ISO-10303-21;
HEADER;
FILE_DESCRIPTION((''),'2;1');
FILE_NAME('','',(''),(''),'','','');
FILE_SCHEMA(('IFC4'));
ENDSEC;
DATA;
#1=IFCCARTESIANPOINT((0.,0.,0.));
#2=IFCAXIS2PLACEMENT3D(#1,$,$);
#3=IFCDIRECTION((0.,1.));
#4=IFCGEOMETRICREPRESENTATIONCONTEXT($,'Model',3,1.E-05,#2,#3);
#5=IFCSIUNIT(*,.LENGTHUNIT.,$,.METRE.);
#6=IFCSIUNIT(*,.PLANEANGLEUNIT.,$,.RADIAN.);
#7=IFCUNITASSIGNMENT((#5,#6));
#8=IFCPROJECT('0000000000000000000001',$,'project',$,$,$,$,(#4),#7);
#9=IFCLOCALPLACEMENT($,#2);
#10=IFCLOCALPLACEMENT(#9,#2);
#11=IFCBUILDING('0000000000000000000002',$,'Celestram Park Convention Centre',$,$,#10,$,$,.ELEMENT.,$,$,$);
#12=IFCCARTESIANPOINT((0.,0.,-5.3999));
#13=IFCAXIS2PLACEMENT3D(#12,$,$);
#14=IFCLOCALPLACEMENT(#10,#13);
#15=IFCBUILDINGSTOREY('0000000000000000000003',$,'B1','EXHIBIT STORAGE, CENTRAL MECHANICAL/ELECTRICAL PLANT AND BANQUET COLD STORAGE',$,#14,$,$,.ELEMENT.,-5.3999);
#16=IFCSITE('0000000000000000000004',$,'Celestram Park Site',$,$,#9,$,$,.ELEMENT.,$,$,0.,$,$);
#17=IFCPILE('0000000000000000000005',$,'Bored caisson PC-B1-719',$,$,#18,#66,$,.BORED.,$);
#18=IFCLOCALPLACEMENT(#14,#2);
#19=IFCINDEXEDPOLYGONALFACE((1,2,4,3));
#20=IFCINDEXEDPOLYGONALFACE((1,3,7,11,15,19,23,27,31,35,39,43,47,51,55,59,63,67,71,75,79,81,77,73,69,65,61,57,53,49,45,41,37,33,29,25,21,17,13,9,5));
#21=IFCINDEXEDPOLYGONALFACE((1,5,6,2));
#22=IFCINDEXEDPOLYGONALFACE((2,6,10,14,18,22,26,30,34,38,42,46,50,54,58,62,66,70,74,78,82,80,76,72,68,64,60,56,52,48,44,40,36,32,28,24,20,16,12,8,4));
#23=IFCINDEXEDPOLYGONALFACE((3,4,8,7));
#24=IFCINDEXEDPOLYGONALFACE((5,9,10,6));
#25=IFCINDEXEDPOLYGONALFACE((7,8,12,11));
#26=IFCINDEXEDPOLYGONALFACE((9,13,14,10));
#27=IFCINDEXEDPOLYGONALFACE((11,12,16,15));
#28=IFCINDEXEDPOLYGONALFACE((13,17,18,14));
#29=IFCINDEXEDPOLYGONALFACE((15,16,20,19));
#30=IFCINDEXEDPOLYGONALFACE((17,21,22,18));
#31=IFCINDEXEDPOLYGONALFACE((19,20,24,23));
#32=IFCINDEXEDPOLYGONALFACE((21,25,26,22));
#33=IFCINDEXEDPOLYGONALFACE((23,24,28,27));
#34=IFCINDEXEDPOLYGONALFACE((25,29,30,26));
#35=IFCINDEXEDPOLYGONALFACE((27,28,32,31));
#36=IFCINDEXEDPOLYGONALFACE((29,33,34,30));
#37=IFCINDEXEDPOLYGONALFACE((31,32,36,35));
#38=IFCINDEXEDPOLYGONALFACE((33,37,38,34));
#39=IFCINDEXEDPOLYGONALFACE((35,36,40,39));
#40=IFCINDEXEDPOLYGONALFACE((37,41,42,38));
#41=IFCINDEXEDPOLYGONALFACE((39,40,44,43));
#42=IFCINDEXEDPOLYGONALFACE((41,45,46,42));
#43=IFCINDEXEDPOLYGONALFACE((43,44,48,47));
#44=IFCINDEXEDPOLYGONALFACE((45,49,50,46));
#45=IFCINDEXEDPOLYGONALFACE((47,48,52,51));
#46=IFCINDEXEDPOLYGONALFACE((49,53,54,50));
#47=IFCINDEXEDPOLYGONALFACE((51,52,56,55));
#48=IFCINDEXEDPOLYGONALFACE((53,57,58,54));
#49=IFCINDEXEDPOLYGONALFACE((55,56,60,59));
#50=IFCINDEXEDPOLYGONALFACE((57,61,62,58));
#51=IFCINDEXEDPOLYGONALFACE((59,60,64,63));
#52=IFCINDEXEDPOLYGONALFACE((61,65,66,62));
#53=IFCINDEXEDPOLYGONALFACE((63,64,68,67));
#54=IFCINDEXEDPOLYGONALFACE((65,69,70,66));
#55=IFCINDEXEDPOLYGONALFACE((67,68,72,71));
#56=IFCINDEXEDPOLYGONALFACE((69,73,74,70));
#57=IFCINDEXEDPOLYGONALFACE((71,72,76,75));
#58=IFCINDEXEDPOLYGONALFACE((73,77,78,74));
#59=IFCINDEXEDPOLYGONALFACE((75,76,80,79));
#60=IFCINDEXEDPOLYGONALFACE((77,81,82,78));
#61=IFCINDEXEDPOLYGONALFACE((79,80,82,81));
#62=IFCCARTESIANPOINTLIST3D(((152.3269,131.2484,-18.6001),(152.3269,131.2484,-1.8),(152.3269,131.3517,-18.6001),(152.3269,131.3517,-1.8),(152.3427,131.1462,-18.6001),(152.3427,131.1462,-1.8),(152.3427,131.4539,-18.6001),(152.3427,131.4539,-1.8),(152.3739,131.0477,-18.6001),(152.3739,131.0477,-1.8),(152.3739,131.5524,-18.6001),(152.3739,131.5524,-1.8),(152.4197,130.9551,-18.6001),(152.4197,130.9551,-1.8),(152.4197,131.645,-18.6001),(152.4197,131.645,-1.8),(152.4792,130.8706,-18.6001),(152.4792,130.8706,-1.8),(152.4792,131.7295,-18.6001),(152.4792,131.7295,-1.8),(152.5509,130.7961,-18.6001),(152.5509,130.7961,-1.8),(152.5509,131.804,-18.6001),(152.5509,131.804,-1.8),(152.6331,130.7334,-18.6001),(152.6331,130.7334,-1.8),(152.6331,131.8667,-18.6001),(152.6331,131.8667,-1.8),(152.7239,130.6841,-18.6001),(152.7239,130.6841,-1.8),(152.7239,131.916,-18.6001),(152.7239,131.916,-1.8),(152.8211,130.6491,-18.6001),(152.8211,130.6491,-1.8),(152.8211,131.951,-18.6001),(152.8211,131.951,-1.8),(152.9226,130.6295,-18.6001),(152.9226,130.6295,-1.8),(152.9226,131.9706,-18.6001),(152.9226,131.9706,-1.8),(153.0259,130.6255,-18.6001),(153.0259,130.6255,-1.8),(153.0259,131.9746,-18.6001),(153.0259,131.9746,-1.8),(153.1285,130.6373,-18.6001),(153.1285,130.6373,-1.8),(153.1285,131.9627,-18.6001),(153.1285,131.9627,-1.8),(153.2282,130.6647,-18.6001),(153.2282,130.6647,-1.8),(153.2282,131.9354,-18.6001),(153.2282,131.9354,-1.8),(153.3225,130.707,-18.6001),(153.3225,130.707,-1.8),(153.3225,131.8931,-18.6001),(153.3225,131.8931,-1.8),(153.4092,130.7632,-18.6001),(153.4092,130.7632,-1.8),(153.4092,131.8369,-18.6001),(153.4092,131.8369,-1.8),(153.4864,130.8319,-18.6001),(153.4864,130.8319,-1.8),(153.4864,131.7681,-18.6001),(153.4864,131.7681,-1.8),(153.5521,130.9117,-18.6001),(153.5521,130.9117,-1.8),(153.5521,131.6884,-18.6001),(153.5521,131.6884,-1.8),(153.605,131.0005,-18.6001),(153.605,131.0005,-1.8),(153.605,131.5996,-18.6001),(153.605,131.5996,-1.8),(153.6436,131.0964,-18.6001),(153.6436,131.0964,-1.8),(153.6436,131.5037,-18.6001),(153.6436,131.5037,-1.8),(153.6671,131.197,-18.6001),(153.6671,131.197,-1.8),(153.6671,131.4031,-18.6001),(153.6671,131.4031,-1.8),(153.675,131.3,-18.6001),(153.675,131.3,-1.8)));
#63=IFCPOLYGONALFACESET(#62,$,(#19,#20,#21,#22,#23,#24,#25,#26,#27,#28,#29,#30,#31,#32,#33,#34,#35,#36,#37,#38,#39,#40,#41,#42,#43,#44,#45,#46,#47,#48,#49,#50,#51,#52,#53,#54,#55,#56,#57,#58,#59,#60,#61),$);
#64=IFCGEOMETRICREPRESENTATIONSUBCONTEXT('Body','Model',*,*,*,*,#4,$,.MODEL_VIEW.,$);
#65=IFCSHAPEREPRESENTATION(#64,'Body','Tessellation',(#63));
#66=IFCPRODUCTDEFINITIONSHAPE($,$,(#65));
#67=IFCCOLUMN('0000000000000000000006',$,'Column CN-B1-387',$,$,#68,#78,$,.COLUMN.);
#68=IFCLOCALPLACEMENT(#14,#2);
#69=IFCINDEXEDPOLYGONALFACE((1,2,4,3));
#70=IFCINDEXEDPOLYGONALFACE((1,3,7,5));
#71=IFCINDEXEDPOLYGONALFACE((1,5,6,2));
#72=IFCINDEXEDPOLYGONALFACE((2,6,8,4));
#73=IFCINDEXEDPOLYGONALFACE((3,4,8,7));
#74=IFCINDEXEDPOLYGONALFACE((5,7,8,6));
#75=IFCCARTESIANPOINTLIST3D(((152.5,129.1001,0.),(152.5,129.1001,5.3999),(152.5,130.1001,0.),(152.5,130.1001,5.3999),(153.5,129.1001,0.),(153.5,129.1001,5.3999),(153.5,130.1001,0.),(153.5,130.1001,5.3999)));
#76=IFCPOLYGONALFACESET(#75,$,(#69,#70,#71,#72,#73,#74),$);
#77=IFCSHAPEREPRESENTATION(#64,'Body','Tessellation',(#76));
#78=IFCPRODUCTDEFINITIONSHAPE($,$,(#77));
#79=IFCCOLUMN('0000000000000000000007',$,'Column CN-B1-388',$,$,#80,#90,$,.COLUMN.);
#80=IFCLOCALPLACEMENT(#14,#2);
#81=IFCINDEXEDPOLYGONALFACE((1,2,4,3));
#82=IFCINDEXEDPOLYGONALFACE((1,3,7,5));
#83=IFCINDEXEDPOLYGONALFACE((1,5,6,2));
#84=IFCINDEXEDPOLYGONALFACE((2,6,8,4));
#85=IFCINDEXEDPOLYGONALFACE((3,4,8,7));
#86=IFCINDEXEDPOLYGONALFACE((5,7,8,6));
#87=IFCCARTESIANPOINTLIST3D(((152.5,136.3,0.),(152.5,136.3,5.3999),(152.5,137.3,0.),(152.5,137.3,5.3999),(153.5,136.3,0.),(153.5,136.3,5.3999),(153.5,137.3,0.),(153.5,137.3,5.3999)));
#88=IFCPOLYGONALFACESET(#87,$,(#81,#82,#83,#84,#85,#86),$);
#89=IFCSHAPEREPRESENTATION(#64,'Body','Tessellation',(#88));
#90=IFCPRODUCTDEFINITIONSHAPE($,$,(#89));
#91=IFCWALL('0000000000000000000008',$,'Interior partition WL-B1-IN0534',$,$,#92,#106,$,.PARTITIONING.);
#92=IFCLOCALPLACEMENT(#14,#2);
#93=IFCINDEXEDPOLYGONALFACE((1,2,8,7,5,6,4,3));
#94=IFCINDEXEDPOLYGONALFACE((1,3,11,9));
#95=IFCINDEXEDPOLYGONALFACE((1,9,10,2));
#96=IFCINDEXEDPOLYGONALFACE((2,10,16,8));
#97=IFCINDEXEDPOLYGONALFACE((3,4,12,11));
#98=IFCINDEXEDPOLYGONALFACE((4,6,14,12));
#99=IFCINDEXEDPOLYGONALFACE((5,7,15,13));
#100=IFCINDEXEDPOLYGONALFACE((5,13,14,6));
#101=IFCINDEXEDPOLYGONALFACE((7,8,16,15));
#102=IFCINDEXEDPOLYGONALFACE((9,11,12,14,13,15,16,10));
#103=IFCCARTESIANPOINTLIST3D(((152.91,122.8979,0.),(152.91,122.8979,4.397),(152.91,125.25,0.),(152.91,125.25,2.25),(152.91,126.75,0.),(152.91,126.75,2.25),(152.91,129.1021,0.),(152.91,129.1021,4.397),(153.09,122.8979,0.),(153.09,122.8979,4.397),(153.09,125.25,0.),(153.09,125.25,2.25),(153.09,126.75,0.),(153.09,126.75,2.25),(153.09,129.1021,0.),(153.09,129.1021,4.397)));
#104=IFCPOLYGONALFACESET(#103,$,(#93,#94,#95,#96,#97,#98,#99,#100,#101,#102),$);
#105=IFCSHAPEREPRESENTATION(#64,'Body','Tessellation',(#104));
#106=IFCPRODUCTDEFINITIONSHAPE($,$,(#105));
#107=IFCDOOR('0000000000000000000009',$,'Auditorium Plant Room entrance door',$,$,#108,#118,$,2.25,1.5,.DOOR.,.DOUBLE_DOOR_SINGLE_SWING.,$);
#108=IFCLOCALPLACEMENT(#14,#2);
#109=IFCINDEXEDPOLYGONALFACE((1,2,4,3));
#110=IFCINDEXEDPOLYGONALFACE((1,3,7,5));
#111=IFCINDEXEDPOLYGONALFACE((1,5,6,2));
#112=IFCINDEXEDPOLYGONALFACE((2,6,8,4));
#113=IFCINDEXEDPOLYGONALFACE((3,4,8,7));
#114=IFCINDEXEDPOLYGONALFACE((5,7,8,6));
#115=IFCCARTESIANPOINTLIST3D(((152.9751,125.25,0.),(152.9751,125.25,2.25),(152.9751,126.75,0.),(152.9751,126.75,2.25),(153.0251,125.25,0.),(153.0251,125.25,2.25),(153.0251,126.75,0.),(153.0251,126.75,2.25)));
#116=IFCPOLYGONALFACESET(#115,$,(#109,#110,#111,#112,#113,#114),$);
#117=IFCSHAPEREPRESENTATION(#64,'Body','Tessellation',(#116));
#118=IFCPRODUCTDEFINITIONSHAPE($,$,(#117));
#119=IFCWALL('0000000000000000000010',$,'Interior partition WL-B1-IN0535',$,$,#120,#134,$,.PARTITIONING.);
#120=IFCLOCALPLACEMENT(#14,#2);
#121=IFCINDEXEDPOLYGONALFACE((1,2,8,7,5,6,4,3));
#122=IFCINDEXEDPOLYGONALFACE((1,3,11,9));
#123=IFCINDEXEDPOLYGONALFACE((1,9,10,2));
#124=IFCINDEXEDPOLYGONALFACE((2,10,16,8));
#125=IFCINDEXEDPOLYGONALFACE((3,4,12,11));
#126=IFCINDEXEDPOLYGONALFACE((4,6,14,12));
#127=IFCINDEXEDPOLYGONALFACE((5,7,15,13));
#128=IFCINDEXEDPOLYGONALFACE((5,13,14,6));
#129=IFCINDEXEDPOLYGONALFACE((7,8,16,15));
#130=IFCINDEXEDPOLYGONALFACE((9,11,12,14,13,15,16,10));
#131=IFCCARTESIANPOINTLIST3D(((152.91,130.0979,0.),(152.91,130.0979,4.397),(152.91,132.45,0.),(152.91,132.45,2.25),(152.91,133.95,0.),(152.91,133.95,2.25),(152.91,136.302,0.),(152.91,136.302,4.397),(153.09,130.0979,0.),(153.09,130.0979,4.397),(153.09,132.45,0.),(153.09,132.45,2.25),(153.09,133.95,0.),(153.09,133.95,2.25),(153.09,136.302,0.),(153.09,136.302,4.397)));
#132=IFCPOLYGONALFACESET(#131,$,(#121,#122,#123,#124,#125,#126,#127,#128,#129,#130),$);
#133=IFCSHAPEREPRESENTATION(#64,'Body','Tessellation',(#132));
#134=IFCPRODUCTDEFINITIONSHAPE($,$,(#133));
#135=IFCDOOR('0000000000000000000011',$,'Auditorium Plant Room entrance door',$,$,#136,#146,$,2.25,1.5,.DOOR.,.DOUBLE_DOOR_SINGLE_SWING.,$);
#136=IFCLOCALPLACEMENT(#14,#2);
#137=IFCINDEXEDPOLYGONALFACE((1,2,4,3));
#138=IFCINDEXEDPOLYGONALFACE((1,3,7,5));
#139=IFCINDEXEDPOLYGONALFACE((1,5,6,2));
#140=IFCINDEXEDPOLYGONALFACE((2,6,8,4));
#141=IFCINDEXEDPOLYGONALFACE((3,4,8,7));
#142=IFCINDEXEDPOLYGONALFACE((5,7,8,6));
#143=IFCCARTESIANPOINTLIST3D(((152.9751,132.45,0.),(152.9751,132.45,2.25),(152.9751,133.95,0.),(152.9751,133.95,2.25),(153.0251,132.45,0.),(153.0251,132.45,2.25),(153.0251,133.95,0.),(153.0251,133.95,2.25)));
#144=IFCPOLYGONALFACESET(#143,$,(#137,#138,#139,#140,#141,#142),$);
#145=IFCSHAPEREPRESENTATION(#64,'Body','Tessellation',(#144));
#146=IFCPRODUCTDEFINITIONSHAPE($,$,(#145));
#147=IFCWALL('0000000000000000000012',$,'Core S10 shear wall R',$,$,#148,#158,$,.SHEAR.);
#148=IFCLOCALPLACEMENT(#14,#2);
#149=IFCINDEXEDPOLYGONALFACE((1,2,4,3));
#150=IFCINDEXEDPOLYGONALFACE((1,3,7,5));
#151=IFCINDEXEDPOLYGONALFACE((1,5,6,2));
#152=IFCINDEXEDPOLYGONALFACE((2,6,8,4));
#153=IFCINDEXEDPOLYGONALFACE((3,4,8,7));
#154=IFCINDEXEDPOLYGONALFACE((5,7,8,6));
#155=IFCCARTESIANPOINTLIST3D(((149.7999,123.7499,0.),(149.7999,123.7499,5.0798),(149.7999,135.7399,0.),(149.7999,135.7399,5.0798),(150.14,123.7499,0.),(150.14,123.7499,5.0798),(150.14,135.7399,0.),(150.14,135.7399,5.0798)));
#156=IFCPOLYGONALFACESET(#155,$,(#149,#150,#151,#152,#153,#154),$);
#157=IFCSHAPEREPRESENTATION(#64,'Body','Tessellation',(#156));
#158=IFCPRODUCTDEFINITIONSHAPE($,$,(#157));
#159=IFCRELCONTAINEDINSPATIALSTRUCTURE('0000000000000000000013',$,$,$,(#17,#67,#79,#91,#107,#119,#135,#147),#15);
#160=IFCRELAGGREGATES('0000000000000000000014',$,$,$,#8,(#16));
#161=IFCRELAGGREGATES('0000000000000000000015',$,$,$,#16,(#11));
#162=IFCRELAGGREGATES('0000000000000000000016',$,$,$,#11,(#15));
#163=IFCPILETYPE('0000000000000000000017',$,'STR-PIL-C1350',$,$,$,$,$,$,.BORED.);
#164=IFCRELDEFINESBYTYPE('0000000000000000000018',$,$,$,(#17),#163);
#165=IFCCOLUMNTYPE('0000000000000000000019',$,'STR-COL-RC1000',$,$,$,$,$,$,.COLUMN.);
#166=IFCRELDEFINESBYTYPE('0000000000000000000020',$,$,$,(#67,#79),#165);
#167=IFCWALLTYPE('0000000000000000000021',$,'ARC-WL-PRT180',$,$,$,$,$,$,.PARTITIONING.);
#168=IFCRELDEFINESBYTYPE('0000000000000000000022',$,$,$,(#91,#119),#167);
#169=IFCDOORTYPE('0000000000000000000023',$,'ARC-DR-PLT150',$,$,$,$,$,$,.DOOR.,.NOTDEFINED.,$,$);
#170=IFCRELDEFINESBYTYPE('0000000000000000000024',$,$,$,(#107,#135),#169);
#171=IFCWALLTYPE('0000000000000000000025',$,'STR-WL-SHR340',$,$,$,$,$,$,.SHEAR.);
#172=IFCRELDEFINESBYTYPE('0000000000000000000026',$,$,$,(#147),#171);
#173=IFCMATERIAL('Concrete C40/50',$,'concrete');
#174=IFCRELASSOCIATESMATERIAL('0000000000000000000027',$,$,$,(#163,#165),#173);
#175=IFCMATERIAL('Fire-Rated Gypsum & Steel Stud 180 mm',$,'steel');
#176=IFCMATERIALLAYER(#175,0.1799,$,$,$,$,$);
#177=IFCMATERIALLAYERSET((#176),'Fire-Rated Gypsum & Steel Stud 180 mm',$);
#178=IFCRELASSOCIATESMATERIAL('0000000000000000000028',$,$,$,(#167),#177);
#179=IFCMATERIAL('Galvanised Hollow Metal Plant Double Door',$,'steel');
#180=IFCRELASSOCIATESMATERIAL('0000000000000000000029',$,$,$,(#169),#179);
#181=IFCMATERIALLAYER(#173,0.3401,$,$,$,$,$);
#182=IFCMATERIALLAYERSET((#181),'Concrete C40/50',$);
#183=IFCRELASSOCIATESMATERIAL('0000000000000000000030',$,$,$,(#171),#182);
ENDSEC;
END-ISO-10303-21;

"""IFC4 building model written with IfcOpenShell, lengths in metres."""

from ifc_helpers import new_model, si_unit, direction, frame, frame_2d, origin, origin_2d, place, context, subcontext, project, spatial, rectangle, circle, extrude, material, layer, layer_set, material_profile, profile_set, type_object, element, fill, save


model = new_model("IFC4")

# Units and contexts
model_context = context("Model", 3, precision=1e-05, world=origin(), true_north=direction((0.0, 1.0)))
body_context = subcontext(model_context, "Body", "Model", "MODEL_VIEW")
ifc_project = project(units=[si_unit("LENGTHUNIT", "METRE"), si_unit("PLANEANGLEUNIT", "RADIAN")], contexts=[model_context])

# Site, building, storey
site_placement = place(None, origin())
site = spatial("IfcSite", under=ifc_project, at=site_placement, Name="Celestram Park Site", CompositionType="ELEMENT", RefElevation=0.0)
building_placement = place(site_placement, origin())
building = spatial("IfcBuilding", under=site, at=building_placement, Name="Celestram Park Convention Centre", CompositionType="ELEMENT")
storey_placement = place(building_placement, frame((0.0, 0.0, -5.3999)))
storey = spatial("IfcBuildingStorey", under=building, at=storey_placement, Name="B1", Description="EXHIBIT STORAGE, CENTRAL MECHANICAL/ELECTRICAL PLANT AND BANQUET COLD STORAGE", CompositionType="ELEMENT", Elevation=-5.3999)

# Shared definitions
ifc_material_1 = material(Name="Concrete C40/50", Category="concrete")

# Pile
ifc_material_profile_1 = material_profile(ifc_material_1, circle(Radius=0.675, at=origin_2d()), Name="CAISSON1350")
ifc_profile_set_1 = profile_set([ifc_material_profile_1], Name="Concrete C40/50")
pile_type_1 = type_object("IfcPileType", Name="STR-PIL-C1350", PredefinedType="BORED", material=ifc_profile_set_1)
for number, where, z_axis, x_axis, name in (
    (1, (153.0, 131.3, -1.8), (0.0, 0.0, -1.0), (1.0, 0.0, 0.0), "Bored caisson PC-B1-719"),
):
    element("IfcPile", number, at=place(storey_placement, frame(where, z_axis=z_axis, x_axis=x_axis)), inside=storey, type_object=pile_type_1, Name=name, PredefinedType="BORED", context=body_context, shape_type="SweptSolid", body=[
        extrude(circle(Radius=0.675, at=origin_2d()), origin(), (0.0, 0.0, 1.0), 16.8),
    ])

# Columns
ifc_material_profile_2 = material_profile(ifc_material_1, rectangle(XDim=1.0, YDim=1.0, at=origin_2d()), Name="RC1000X1000")
ifc_profile_set_2 = profile_set([ifc_material_profile_2], Name="Concrete C40/50")
column_type = type_object("IfcColumnType", Name="STR-COL-RC1000", PredefinedType="COLUMN", material=ifc_profile_set_2)
for number, where, z_axis, x_axis, name in (
    (2, (153.0, 129.6001, 0.0), (0.0, 0.0, 1.0), (1.0, 0.0, 0.0), "Column CN-B1-387"),
    (3, (153.0, 136.8, 0.0), (0.0, 0.0, 1.0), (1.0, 0.0, 0.0), "Column CN-B1-388"),
):
    element("IfcColumn", number, at=place(storey_placement, frame(where, z_axis=z_axis, x_axis=x_axis)), inside=storey, type_object=column_type, Name=name, PredefinedType="COLUMN", context=body_context, shape_type="SweptSolid", body=[
        extrude(rectangle(XDim=1.0, YDim=1.0, at=origin_2d()), origin(), (0.0, 0.0, 1.0), 5.3999),
    ])

# Walls, openings, doors
ifc_material_2 = material(Name="Fire-Rated Gypsum & Steel Stud 180 mm", Category="steel")
ifc_layer_1 = layer(ifc_material_2, 0.1799)
ifc_layer_set_1 = layer_set([ifc_layer_1], Name="Fire-Rated Gypsum & Steel Stud 180 mm")
wall_type_1 = type_object("IfcWallType", Name="ARC-WL-PRT180", PredefinedType="PARTITIONING", material=ifc_layer_set_1)
wall_1_placement = place(storey_placement, frame((153.0, 122.8979, 0.0), z_axis=(0.0, 0.0, 1.0), x_axis=(0.0, 1.0, 0.0)))
wall_1 = element("IfcWall", 4, at=wall_1_placement, inside=storey, type_object=wall_type_1, Name="Interior partition WL-B1-IN0534", PredefinedType="PARTITIONING", context=body_context, shape_type="SweptSolid", body=[
    extrude(rectangle(XDim=6.2041, YDim=0.1799, at=frame_2d((3.1021, 0.0))), origin(), (0.0, 0.0, 1.0), 4.397),
])
opening_1_placement = place(wall_1_placement, frame((2.3521, 0.0, 0.0)))
opening_1 = element("IfcOpeningElement", 5, at=opening_1_placement, cuts=wall_1, PredefinedType="OPENING", context=body_context, shape_type="SweptSolid", body=[
    extrude(rectangle(XDim=1.5, YDim=2.25, at=frame_2d((0.75, 1.125))), frame((0.0, 0.0999, 0.0), z_axis=(0.0, -1.0, 0.0), x_axis=(1.0, 0.0, 0.0)), (0.0, 0.0, 1.0), 0.2),
])
ifc_material_3 = material(Name="Galvanised Hollow Metal Plant Double Door", Category="steel")
door_type = type_object("IfcDoorType", Name="ARC-DR-PLT150", OperationType="NOTDEFINED", PredefinedType="DOOR", material=ifc_material_3)
door_1_placement = place(opening_1_placement, origin())
door_1 = element("IfcDoor", 6, at=door_1_placement, inside=storey, type_object=door_type, Name="Auditorium Plant Room entrance door", OperationType="DOUBLE_DOOR_SINGLE_SWING", OverallHeight=2.25, OverallWidth=1.5, PredefinedType="DOOR", context=body_context, shape_type="SweptSolid", body=[
    extrude(rectangle(XDim=1.5, YDim=2.25, at=frame_2d((0.75, 1.125))), frame((0.0, 0.0249, 0.0), z_axis=(0.0, -1.0, 0.0), x_axis=(1.0, 0.0, 0.0)), (0.0, 0.0, 1.0), 0.05),
])
fill(opening_1, door_1)
wall_2_placement = place(storey_placement, frame((153.0, 130.0979, 0.0), z_axis=(0.0, 0.0, 1.0), x_axis=(0.0, 1.0, 0.0)))
wall_2 = element("IfcWall", 7, at=wall_2_placement, inside=storey, type_object=wall_type_1, Name="Interior partition WL-B1-IN0535", PredefinedType="PARTITIONING", context=body_context, shape_type="SweptSolid", body=[
    extrude(rectangle(XDim=6.2041, YDim=0.1799, at=frame_2d((3.1021, 0.0))), origin(), (0.0, 0.0, 1.0), 4.397),
])
opening_2_placement = place(wall_2_placement, frame((2.3521, 0.0, 0.0)))
opening_2 = element("IfcOpeningElement", 8, at=opening_2_placement, cuts=wall_2, PredefinedType="OPENING", context=body_context, shape_type="SweptSolid", body=[
    extrude(rectangle(XDim=1.5, YDim=2.25, at=frame_2d((0.75, 1.125))), frame((0.0, 0.0999, 0.0), z_axis=(0.0, -1.0, 0.0), x_axis=(1.0, 0.0, 0.0)), (0.0, 0.0, 1.0), 0.2),
])
door_2_placement = place(opening_2_placement, origin())
door_2 = element("IfcDoor", 9, at=door_2_placement, inside=storey, type_object=door_type, Name="Auditorium Plant Room entrance door", OperationType="DOUBLE_DOOR_SINGLE_SWING", OverallHeight=2.25, OverallWidth=1.5, PredefinedType="DOOR", context=body_context, shape_type="SweptSolid", body=[
    extrude(rectangle(XDim=1.5, YDim=2.25, at=frame_2d((0.75, 1.125))), frame((0.0, 0.0249, 0.0), z_axis=(0.0, -1.0, 0.0), x_axis=(1.0, 0.0, 0.0)), (0.0, 0.0, 1.0), 0.05),
])
fill(opening_2, door_2)

# Wall
ifc_layer_2 = layer(ifc_material_1, 0.3401)
ifc_layer_set_2 = layer_set([ifc_layer_2], Name="Concrete C40/50")
wall_type_2 = type_object("IfcWallType", Name="STR-WL-SHR340", PredefinedType="SHEAR", material=ifc_layer_set_2)
wall_3_placement = place(storey_placement, frame((149.97, 135.74, 0.0), z_axis=(0.0, 0.0, 1.0), x_axis=(0.0, -1.0, 0.0)))
element("IfcWall", 10, at=wall_3_placement, inside=storey, type_object=wall_type_2, Name="Core S10 shear wall R", PredefinedType="SHEAR", context=body_context, shape_type="SweptSolid", body=[
    extrude(rectangle(XDim=11.99, YDim=0.3401, at=frame_2d((5.9951, 0.0))), origin(), (0.0, 0.0, 1.0), 5.0798),
])

save(model, "model.ifc")
